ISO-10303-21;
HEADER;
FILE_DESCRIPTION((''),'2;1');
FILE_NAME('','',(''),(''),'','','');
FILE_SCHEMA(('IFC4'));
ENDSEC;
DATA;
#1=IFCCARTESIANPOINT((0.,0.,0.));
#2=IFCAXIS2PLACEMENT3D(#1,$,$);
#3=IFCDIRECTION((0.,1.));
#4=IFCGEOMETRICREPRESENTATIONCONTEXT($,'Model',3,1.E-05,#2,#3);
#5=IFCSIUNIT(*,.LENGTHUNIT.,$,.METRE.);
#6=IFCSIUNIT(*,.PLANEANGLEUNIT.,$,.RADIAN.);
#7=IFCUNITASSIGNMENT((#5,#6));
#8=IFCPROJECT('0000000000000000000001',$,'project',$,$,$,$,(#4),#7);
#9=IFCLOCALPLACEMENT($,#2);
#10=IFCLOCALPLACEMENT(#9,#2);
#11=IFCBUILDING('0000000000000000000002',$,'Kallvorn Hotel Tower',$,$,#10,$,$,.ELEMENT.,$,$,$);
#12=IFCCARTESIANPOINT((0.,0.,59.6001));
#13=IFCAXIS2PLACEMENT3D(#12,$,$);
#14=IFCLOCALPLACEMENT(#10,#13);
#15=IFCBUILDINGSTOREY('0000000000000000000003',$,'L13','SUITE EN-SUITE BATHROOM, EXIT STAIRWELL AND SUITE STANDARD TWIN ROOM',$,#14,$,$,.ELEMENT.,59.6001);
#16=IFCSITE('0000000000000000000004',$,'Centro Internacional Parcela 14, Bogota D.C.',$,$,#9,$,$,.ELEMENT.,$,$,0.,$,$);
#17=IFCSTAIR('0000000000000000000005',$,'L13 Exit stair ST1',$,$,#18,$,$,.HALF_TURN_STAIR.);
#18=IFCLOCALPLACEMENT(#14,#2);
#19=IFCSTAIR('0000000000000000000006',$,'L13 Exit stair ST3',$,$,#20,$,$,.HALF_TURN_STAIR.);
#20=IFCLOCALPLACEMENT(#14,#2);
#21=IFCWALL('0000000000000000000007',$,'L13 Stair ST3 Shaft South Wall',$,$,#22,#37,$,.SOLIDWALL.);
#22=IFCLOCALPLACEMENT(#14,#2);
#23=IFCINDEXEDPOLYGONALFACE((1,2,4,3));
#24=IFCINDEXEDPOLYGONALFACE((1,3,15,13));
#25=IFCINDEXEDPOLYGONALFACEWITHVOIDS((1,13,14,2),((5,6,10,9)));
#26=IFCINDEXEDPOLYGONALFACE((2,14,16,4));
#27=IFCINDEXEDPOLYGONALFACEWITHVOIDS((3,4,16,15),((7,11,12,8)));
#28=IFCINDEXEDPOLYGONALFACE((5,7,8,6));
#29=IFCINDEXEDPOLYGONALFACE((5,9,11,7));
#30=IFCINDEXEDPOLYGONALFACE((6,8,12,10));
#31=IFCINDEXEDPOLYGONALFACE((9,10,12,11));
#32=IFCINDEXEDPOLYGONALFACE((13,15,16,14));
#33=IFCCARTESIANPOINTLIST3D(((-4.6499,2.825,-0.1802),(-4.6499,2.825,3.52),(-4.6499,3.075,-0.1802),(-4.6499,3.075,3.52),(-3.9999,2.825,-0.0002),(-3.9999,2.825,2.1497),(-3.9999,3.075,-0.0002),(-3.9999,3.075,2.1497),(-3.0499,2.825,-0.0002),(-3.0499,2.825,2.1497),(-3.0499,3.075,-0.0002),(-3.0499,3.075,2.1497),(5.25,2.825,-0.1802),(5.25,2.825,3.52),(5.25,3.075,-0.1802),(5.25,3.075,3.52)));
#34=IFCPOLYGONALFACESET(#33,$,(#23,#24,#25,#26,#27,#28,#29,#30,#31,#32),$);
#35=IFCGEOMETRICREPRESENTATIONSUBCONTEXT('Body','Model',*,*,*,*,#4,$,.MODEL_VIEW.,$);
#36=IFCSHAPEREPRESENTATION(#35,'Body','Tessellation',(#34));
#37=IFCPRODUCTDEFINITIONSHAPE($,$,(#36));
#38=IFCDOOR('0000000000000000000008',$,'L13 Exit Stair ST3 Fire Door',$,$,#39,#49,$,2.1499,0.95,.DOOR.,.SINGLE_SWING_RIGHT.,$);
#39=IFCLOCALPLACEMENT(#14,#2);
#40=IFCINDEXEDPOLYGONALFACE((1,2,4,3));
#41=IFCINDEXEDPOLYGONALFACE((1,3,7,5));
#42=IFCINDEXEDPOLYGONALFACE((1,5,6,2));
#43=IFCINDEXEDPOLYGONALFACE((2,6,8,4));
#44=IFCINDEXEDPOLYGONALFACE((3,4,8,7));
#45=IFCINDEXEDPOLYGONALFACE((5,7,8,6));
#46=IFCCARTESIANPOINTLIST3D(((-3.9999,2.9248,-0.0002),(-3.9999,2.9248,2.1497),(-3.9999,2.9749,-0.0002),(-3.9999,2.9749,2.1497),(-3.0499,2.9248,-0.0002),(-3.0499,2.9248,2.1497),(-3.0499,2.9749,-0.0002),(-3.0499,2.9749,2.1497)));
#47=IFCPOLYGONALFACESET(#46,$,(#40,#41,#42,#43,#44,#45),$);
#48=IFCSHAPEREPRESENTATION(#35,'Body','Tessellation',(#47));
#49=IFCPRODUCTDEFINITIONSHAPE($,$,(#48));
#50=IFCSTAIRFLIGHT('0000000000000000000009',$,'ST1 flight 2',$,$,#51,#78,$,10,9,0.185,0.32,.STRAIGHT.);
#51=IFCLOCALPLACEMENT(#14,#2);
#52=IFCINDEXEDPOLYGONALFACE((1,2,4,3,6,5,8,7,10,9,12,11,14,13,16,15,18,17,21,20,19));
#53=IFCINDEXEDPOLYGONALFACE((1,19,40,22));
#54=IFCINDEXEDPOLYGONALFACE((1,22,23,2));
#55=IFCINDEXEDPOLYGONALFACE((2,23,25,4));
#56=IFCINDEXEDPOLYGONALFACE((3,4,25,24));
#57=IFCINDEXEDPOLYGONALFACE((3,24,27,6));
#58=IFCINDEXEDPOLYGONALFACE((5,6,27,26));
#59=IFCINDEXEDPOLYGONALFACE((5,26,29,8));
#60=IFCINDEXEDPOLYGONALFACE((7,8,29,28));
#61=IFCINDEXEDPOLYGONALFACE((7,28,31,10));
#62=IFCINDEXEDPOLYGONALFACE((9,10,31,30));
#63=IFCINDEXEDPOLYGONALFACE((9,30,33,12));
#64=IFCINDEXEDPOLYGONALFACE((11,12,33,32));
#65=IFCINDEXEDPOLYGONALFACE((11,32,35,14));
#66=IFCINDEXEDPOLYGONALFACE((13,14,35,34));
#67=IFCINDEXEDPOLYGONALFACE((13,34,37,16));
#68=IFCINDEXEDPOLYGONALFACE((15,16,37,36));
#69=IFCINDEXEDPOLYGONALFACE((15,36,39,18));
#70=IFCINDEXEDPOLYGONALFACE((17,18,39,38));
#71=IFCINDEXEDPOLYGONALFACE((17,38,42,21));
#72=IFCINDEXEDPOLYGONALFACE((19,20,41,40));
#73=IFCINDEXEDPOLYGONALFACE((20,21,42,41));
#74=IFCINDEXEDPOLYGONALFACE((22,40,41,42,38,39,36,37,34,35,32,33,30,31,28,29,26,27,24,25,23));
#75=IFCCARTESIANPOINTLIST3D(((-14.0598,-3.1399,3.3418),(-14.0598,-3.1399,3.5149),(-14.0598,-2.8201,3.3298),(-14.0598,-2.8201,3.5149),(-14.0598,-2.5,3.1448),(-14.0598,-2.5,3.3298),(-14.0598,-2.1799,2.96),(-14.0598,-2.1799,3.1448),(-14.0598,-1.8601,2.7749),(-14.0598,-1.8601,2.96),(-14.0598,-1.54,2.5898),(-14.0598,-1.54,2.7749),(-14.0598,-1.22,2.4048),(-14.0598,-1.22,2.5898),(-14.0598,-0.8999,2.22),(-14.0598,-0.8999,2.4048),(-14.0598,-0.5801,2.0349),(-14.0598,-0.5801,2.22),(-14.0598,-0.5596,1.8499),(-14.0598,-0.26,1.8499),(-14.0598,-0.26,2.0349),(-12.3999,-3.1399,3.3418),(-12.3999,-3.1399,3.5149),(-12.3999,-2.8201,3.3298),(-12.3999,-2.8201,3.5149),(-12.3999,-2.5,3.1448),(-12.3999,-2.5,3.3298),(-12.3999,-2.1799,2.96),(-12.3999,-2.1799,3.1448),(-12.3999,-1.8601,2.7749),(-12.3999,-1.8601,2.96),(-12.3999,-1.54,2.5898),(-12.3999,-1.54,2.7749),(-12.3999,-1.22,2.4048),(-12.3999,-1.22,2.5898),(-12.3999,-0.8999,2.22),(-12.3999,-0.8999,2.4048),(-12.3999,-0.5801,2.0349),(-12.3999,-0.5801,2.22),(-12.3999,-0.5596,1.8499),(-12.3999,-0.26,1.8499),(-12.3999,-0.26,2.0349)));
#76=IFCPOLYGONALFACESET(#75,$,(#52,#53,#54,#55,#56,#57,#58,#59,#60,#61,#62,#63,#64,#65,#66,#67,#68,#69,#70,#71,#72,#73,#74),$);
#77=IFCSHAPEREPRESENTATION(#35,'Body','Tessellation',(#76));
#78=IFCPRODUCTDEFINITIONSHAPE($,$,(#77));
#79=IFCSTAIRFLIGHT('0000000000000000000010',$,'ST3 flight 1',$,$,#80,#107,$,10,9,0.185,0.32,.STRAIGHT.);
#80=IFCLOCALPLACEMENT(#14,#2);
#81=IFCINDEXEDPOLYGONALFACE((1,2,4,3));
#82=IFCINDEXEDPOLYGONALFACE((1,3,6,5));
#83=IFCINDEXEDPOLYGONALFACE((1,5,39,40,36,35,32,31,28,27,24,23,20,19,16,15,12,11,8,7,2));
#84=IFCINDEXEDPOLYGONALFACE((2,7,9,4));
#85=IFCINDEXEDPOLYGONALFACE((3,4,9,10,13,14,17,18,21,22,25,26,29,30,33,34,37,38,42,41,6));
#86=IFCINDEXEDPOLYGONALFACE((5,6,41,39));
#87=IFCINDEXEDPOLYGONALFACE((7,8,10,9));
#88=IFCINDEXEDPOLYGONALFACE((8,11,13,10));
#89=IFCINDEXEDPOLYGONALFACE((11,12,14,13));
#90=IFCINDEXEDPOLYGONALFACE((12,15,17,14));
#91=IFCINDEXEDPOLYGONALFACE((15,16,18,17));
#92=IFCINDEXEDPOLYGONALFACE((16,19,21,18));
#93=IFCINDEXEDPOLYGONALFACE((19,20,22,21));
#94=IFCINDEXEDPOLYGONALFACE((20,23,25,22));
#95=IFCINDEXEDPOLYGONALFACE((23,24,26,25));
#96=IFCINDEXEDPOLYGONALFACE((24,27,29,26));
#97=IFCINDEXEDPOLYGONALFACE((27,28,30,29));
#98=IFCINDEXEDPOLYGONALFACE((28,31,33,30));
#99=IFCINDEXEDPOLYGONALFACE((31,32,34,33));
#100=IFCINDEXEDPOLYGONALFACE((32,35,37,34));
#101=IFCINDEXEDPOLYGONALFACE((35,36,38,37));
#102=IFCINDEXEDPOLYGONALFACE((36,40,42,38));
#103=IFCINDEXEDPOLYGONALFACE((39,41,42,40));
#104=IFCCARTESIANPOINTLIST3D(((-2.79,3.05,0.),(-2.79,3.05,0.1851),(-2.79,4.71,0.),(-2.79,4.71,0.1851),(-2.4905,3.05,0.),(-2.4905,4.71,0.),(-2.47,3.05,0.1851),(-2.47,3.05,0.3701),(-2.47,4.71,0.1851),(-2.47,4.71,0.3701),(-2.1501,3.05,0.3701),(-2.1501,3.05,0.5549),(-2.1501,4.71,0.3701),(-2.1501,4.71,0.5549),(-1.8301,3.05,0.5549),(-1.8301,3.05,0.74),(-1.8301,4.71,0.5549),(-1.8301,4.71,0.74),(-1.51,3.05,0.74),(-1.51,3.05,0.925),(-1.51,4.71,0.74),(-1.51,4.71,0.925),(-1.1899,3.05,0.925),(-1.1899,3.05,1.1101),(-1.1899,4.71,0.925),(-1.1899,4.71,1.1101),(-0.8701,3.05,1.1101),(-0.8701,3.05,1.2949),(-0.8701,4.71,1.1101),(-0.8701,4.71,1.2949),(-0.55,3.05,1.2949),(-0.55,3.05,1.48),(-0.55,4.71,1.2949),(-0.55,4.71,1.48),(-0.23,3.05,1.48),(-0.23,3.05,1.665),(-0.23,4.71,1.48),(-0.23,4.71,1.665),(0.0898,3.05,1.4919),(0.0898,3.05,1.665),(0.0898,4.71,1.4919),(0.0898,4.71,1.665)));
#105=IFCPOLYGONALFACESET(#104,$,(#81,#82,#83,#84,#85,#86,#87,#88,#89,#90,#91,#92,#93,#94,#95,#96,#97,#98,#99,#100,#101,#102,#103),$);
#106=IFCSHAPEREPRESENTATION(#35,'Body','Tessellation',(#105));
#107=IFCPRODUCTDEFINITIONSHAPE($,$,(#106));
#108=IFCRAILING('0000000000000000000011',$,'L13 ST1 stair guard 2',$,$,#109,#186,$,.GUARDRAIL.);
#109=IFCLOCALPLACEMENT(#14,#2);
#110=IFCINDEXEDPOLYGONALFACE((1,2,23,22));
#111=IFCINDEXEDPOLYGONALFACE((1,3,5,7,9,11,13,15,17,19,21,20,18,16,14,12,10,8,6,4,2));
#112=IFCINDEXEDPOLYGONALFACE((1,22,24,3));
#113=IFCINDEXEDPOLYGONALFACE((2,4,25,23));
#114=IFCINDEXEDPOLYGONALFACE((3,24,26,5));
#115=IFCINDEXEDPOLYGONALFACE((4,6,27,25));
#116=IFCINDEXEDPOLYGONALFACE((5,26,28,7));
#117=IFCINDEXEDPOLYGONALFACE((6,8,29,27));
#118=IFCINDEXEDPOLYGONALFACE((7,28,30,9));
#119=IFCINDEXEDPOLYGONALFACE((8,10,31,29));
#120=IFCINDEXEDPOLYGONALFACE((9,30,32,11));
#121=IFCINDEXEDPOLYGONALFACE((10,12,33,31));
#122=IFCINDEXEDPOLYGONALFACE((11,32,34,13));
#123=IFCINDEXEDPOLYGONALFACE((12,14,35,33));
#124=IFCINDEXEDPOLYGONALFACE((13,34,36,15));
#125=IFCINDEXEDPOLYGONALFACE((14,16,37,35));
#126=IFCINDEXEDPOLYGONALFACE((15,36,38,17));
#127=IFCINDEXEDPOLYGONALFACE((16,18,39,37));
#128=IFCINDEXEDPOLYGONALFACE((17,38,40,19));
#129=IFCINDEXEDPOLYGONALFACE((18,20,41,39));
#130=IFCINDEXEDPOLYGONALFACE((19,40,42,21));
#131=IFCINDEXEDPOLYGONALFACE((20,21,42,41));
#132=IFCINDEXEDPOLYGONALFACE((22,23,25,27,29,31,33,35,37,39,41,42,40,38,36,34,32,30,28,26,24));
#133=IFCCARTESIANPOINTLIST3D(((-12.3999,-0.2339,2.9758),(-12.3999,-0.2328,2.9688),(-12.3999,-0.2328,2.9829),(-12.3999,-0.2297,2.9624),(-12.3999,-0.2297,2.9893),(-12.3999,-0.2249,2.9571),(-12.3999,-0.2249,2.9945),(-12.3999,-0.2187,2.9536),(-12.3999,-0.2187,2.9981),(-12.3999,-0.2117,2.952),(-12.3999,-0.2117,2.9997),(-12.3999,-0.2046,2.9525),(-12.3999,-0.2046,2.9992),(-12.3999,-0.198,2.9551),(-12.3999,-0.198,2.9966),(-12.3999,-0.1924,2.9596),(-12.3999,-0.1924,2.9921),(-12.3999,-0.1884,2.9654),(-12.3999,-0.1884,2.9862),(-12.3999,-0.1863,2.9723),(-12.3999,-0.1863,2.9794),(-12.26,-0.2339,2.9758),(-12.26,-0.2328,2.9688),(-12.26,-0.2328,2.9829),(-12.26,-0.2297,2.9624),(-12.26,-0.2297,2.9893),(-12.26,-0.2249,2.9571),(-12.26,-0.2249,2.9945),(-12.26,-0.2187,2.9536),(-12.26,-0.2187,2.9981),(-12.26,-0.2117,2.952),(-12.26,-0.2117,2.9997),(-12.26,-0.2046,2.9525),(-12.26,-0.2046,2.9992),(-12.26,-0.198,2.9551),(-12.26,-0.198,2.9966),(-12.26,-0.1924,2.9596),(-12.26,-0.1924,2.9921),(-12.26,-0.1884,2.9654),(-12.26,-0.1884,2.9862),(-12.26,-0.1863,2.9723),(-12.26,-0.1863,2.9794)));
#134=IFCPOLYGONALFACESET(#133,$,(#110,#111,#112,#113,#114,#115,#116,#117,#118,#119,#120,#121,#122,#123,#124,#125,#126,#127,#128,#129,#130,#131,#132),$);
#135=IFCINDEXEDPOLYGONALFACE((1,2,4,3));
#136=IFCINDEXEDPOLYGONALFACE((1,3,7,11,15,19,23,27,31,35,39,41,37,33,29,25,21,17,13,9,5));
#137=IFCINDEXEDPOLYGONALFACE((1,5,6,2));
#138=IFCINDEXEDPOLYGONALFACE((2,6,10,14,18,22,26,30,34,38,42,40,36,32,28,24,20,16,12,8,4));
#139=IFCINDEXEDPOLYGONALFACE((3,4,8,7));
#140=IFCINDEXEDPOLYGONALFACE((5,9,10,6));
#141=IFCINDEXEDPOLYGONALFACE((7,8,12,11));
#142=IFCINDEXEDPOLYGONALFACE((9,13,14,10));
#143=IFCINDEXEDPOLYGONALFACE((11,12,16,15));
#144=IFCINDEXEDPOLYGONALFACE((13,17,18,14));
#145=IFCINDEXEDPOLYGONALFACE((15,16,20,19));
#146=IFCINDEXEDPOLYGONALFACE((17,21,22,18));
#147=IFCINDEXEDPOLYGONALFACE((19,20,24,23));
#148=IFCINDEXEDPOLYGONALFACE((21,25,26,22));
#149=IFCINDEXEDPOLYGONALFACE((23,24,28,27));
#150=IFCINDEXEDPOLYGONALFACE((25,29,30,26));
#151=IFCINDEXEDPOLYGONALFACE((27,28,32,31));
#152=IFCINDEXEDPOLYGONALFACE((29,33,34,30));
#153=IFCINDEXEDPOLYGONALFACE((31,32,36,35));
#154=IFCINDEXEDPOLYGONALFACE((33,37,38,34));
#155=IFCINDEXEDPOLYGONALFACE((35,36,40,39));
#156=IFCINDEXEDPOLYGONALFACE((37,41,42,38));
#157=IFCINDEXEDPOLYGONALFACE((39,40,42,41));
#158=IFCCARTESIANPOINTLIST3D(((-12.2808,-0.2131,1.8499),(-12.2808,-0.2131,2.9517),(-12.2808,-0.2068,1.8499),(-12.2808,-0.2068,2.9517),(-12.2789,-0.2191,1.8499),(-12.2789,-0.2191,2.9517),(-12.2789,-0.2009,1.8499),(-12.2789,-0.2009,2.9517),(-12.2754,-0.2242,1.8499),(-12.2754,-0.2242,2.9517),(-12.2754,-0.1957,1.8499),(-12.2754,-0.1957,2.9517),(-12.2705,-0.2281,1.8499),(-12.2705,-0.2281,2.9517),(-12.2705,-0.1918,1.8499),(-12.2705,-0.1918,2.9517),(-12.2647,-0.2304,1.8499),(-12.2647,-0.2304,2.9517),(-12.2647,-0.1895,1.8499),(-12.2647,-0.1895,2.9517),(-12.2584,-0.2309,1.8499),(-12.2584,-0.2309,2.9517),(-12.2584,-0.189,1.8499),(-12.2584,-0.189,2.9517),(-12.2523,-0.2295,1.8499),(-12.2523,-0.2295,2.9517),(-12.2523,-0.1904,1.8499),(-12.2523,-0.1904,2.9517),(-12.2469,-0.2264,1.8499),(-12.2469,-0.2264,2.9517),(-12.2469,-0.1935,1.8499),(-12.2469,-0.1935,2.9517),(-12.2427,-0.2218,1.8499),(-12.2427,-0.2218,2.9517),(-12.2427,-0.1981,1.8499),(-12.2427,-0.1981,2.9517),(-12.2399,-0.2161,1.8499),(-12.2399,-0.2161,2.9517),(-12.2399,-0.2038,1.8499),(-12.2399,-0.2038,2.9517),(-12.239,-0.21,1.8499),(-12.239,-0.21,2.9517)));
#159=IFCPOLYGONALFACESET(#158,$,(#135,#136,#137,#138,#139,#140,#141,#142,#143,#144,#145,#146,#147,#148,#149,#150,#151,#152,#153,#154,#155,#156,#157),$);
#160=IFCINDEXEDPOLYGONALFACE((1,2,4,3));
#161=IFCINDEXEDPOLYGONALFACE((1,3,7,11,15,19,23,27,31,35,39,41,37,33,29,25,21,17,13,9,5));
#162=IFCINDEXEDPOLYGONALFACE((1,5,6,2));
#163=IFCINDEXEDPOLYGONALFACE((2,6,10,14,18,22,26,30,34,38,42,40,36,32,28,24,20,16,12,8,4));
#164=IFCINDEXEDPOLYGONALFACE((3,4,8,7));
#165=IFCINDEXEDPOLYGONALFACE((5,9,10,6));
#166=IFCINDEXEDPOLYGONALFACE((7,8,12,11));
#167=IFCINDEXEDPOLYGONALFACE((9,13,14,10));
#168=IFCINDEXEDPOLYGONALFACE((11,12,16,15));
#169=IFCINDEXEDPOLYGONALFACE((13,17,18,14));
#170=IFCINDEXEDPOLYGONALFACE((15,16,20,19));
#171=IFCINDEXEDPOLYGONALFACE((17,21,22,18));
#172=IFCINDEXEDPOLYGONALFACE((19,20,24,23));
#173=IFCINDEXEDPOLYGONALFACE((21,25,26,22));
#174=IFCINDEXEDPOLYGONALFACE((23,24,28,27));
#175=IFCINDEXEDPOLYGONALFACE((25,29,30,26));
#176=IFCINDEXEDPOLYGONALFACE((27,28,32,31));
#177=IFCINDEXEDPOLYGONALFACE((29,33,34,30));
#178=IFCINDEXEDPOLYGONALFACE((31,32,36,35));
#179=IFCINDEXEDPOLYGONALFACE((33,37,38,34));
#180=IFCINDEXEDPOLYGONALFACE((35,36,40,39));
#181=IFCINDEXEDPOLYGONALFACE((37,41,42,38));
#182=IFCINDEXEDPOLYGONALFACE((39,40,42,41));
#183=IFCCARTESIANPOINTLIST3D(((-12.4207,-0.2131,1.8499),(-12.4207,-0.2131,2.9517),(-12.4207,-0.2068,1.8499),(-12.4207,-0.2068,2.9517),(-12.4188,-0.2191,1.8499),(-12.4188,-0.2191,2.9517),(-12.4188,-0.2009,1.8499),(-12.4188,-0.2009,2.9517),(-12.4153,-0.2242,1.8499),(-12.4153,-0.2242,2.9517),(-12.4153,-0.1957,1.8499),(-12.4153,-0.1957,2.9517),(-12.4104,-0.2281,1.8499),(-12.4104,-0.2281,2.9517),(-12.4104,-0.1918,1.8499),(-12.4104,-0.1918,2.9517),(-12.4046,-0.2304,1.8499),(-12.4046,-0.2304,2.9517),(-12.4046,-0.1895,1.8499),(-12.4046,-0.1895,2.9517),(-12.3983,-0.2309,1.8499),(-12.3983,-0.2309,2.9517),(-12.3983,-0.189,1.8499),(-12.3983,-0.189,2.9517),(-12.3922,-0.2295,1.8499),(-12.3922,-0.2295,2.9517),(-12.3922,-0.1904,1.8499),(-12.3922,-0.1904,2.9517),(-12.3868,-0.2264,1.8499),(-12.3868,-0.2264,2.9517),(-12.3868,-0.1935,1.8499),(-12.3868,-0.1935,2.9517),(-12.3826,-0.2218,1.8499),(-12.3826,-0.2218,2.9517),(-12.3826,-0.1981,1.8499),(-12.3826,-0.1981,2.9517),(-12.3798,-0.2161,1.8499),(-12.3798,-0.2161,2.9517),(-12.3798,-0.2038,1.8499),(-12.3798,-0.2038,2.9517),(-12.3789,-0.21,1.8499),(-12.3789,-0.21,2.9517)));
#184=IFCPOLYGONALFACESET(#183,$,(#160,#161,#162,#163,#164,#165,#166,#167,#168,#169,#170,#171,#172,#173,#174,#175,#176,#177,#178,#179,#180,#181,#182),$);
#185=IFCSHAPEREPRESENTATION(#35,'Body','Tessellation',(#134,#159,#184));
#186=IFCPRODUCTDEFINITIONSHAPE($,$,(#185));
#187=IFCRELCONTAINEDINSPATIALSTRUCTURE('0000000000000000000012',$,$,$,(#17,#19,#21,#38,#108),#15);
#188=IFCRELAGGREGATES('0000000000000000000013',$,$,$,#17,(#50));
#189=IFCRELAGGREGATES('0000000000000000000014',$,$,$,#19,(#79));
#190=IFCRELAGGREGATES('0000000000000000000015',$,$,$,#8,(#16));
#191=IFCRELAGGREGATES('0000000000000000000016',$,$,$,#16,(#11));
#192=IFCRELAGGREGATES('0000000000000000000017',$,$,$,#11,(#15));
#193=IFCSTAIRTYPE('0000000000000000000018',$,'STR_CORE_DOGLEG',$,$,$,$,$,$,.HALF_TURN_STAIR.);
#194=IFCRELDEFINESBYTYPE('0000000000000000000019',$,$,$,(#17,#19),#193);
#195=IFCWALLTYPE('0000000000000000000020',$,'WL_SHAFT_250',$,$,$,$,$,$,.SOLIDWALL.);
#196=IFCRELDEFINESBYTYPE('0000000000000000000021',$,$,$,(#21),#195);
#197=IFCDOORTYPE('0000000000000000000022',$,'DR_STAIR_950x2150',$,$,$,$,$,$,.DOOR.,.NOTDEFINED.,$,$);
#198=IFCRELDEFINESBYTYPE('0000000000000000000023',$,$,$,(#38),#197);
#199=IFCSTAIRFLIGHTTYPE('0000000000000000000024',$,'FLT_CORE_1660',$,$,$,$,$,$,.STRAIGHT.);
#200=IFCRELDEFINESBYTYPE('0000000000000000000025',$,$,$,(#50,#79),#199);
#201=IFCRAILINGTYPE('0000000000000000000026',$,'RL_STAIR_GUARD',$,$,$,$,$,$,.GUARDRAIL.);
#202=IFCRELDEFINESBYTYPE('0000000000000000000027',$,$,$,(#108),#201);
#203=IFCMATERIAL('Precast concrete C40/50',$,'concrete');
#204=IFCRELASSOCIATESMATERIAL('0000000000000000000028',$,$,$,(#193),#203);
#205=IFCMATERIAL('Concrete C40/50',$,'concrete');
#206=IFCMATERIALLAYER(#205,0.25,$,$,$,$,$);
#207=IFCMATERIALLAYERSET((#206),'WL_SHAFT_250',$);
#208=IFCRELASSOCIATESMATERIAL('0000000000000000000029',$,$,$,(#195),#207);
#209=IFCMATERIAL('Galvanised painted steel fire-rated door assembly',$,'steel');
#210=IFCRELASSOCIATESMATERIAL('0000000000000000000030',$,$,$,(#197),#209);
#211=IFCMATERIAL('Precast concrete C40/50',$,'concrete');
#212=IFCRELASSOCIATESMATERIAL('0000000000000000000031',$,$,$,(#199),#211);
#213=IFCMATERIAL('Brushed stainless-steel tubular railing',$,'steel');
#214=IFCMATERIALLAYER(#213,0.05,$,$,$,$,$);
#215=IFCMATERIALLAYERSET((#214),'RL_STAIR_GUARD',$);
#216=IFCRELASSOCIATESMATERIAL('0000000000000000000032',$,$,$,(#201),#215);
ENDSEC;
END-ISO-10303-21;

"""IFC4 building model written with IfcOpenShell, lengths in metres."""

from ifc_helpers import new_model, si_unit, direction, frame, frame_2d, origin, origin_2d, place, context, subcontext, project, spatial, polyline, rectangle, circle, outline, extrude, material, layer, layer_set, type_object, element, fill, aggregate, save


model = new_model("IFC4")

# Units and contexts
model_context = context("Model", 3, precision=1e-05, world=origin(), true_north=direction((0.0, 1.0)))
body_context = subcontext(model_context, "Body", "Model", "MODEL_VIEW")
ifc_project = project(units=[si_unit("LENGTHUNIT", "METRE"), si_unit("PLANEANGLEUNIT", "RADIAN")], contexts=[model_context])

# Site, building, storey
site_placement = place(None, origin())
site = spatial("IfcSite", under=ifc_project, at=site_placement, Name="Centro Internacional Parcela 14, Bogota D.C.", CompositionType="ELEMENT", RefElevation=0.0)
building_placement = place(site_placement, origin())
building = spatial("IfcBuilding", under=site, at=building_placement, Name="Kallvorn Hotel Tower", CompositionType="ELEMENT")
storey_placement = place(building_placement, frame((0.0, 0.0, 59.6001)))
storey = spatial("IfcBuildingStorey", under=building, at=storey_placement, Name="L13", Description="SUITE EN-SUITE BATHROOM, EXIT STAIRWELL AND SUITE STANDARD TWIN ROOM", CompositionType="ELEMENT", Elevation=59.6001)

# Stairs
ifc_material_1 = material(Name="Precast concrete C40/50", Category="concrete")
stair_type = type_object("IfcStairType", Name="STR_CORE_DOGLEG", PredefinedType="HALF_TURN_STAIR", material=ifc_material_1)
stair_1_placement = place(storey_placement, origin())
stair_1 = element("IfcStair", 1, at=stair_1_placement, inside=storey, type_object=stair_type, Name="L13 Exit stair ST1", PredefinedType="HALF_TURN_STAIR")
stair_2_placement = place(storey_placement, origin())
stair_2 = element("IfcStair", 2, at=stair_2_placement, inside=storey, type_object=stair_type, Name="L13 Exit stair ST3", PredefinedType="HALF_TURN_STAIR")

# Wall, opening, door
ifc_material_2 = material(Name="Concrete C40/50", Category="concrete")
ifc_layer_1 = layer(ifc_material_2, 0.25)
ifc_layer_set_1 = layer_set([ifc_layer_1], Name="WL_SHAFT_250")
wall_type_1 = type_object("IfcWallType", Name="WL_SHAFT_250", PredefinedType="SOLIDWALL", material=ifc_layer_set_1)
wall_1_placement = place(storey_placement, frame((-4.6499, 2.95, -0.1802), z_axis=(0.0, 0.0, 1.0), x_axis=(1.0, 0.0, 0.0)))
wall_1 = element("IfcWall", 3, at=wall_1_placement, inside=storey, type_object=wall_type_1, Name="L13 Stair ST3 Shaft South Wall", PredefinedType="SOLIDWALL", context=body_context, shape_type="SweptSolid", body=[
    extrude(rectangle(XDim=9.8999, YDim=0.25, at=frame_2d((4.95, 0.0))), origin(), (0.0, 0.0, 1.0), 3.7002),
])
opening_1_placement = place(wall_1_placement, frame((0.6499, 0.0, 0.1799)))
opening_1 = element("IfcOpeningElement", 4, at=opening_1_placement, cuts=wall_1, PredefinedType="OPENING", context=body_context, shape_type="SweptSolid", body=[
    extrude(rectangle(XDim=0.95, YDim=2.1499, at=frame_2d((0.4751, 1.075))), frame((0.0, 0.1399, 0.0), z_axis=(0.0, -1.0, 0.0), x_axis=(1.0, 0.0, 0.0)), (0.0, 0.0, 1.0), 0.28),
])
ifc_material_3 = material(Name="Galvanised painted steel fire-rated door assembly", Category="steel")
door_type_1 = type_object("IfcDoorType", Name="DR_STAIR_950x2150", OperationType="NOTDEFINED", PredefinedType="DOOR", material=ifc_material_3)
door_1_placement = place(opening_1_placement, origin())
door_1 = element("IfcDoor", 5, at=door_1_placement, inside=storey, type_object=door_type_1, Name="L13 Exit Stair ST3 Fire Door", OperationType="SINGLE_SWING_RIGHT", OverallHeight=2.1499, OverallWidth=0.95, PredefinedType="DOOR", context=body_context, shape_type="SweptSolid", body=[
    extrude(rectangle(XDim=0.95, YDim=2.1499, at=frame_2d((0.4751, 1.075))), frame((0.0, 0.0249, 0.0), z_axis=(0.0, -1.0, 0.0), x_axis=(1.0, 0.0, 0.0)), (0.0, 0.0, 1.0), 0.05),
])
fill(opening_1, door_1)

# Stair flights
ifc_material_4 = material(Name="Precast concrete C40/50", Category="concrete")
stair_flight_type = type_object("IfcStairFlightType", Name="FLT_CORE_1660", PredefinedType="STRAIGHT", material=ifc_material_4)
stair_flight_1_placement = place(storey_placement, frame((-13.23, -0.26, 1.8499), z_axis=(0.0, 0.0, 1.0), x_axis=(0.0, -1.0, 0.0)))
stair_flight_1 = element("IfcStairFlight", 6, at=stair_flight_1_placement, type_object=stair_flight_type, Name="ST1 flight 2", NumberOfRisers=10, NumberOfTreads=9, PredefinedType="STRAIGHT", RiserHeight=0.185, TreadLength=0.32, context=body_context, shape_type="SweptSolid", body=[
    extrude(outline(polyline([(0.0, 0.0), (0.0, 0.1851), (0.3201, 0.1851), (0.3201, 0.3701), (0.6399, 0.3701), (0.6399, 0.5549), (0.96, 0.5549), (0.96, 0.74), (1.28, 0.74), (1.28, 0.925), (1.6001, 0.925), (1.6001, 1.1101), (1.9199, 1.1101), (1.9199, 1.2949), (2.24, 1.2949), (2.24, 1.48), (2.5601, 1.48), (2.5601, 1.665), (2.8799, 1.665), (2.8799, 1.8501), (2.8799, 1.4919), (0.2996, 0.0), (0.0, 0.0)])), frame((0.0, 0.8301, 0.0), z_axis=(0.0, -1.0, 0.0), x_axis=(1.0, 0.0, 0.0)), (0.0, 0.0, 1.0), 1.6599),
])
aggregate(stair_1, [stair_flight_1])
stair_flight_2_placement = place(storey_placement, frame((-2.79, 3.8799, 0.0), z_axis=(0.0, 0.0, 1.0), x_axis=(1.0, 0.0, 0.0)))
stair_flight_2 = element("IfcStairFlight", 7, at=stair_flight_2_placement, type_object=stair_flight_type, Name="ST3 flight 1", NumberOfRisers=10, NumberOfTreads=9, PredefinedType="STRAIGHT", RiserHeight=0.185, TreadLength=0.32, context=body_context, shape_type="SweptSolid", body=[
    extrude(outline(polyline([(0.0, 0.0), (0.0, 0.1851), (0.3201, 0.1851), (0.3201, 0.3701), (0.6399, 0.3701), (0.6399, 0.5549), (0.96, 0.5549), (0.96, 0.74), (1.28, 0.74), (1.28, 0.925), (1.6001, 0.925), (1.6001, 1.1101), (1.9199, 1.1101), (1.9199, 1.2949), (2.24, 1.2949), (2.24, 1.48), (2.5601, 1.48), (2.5601, 1.665), (2.8799, 1.665), (2.8799, 1.8501), (2.8799, 1.4919), (0.2996, 0.0), (0.0, 0.0)])), frame((0.0, 0.8301, 0.0), z_axis=(0.0, -1.0, 0.0), x_axis=(1.0, 0.0, 0.0)), (0.0, 0.0, 1.0), 1.6599),
])
aggregate(stair_2, [stair_flight_2])

# Railing
ifc_material_5 = material(Name="Brushed stainless-steel tubular railing", Category="steel")
ifc_layer_2 = layer(ifc_material_5, 0.05)
ifc_layer_set_2 = layer_set([ifc_layer_2], Name="RL_STAIR_GUARD")
railing_type_1 = type_object("IfcRailingType", Name="RL_STAIR_GUARD", PredefinedType="GUARDRAIL", material=ifc_layer_set_2)
railing_1_placement = place(storey_placement, frame((-12.26, -0.21, 1.8499)))
element("IfcRailing", 8, at=railing_1_placement, inside=storey, type_object=railing_type_1, Name="L13 ST1 stair guard 2", PredefinedType="GUARDRAIL", context=body_context, shape_type="SweptSolid", body=[
    extrude(circle(Radius=0.0239, at=origin_2d()), frame((0.0, 0.0, 1.126), z_axis=(-1.0, 0.0, 0.0), x_axis=(0.0, -1.0, 0.0)), (0.0, 0.0, 1.0), 0.1399),
    extrude(circle(Radius=0.021, at=origin_2d()), origin(), (0.0, 0.0, 1.0), 1.1018),
    extrude(circle(Radius=0.021, at=origin_2d()), frame((-0.1399, 0.0, 0.0)), (0.0, 0.0, 1.0), 1.1018),
])

save(model, "model.ifc")
